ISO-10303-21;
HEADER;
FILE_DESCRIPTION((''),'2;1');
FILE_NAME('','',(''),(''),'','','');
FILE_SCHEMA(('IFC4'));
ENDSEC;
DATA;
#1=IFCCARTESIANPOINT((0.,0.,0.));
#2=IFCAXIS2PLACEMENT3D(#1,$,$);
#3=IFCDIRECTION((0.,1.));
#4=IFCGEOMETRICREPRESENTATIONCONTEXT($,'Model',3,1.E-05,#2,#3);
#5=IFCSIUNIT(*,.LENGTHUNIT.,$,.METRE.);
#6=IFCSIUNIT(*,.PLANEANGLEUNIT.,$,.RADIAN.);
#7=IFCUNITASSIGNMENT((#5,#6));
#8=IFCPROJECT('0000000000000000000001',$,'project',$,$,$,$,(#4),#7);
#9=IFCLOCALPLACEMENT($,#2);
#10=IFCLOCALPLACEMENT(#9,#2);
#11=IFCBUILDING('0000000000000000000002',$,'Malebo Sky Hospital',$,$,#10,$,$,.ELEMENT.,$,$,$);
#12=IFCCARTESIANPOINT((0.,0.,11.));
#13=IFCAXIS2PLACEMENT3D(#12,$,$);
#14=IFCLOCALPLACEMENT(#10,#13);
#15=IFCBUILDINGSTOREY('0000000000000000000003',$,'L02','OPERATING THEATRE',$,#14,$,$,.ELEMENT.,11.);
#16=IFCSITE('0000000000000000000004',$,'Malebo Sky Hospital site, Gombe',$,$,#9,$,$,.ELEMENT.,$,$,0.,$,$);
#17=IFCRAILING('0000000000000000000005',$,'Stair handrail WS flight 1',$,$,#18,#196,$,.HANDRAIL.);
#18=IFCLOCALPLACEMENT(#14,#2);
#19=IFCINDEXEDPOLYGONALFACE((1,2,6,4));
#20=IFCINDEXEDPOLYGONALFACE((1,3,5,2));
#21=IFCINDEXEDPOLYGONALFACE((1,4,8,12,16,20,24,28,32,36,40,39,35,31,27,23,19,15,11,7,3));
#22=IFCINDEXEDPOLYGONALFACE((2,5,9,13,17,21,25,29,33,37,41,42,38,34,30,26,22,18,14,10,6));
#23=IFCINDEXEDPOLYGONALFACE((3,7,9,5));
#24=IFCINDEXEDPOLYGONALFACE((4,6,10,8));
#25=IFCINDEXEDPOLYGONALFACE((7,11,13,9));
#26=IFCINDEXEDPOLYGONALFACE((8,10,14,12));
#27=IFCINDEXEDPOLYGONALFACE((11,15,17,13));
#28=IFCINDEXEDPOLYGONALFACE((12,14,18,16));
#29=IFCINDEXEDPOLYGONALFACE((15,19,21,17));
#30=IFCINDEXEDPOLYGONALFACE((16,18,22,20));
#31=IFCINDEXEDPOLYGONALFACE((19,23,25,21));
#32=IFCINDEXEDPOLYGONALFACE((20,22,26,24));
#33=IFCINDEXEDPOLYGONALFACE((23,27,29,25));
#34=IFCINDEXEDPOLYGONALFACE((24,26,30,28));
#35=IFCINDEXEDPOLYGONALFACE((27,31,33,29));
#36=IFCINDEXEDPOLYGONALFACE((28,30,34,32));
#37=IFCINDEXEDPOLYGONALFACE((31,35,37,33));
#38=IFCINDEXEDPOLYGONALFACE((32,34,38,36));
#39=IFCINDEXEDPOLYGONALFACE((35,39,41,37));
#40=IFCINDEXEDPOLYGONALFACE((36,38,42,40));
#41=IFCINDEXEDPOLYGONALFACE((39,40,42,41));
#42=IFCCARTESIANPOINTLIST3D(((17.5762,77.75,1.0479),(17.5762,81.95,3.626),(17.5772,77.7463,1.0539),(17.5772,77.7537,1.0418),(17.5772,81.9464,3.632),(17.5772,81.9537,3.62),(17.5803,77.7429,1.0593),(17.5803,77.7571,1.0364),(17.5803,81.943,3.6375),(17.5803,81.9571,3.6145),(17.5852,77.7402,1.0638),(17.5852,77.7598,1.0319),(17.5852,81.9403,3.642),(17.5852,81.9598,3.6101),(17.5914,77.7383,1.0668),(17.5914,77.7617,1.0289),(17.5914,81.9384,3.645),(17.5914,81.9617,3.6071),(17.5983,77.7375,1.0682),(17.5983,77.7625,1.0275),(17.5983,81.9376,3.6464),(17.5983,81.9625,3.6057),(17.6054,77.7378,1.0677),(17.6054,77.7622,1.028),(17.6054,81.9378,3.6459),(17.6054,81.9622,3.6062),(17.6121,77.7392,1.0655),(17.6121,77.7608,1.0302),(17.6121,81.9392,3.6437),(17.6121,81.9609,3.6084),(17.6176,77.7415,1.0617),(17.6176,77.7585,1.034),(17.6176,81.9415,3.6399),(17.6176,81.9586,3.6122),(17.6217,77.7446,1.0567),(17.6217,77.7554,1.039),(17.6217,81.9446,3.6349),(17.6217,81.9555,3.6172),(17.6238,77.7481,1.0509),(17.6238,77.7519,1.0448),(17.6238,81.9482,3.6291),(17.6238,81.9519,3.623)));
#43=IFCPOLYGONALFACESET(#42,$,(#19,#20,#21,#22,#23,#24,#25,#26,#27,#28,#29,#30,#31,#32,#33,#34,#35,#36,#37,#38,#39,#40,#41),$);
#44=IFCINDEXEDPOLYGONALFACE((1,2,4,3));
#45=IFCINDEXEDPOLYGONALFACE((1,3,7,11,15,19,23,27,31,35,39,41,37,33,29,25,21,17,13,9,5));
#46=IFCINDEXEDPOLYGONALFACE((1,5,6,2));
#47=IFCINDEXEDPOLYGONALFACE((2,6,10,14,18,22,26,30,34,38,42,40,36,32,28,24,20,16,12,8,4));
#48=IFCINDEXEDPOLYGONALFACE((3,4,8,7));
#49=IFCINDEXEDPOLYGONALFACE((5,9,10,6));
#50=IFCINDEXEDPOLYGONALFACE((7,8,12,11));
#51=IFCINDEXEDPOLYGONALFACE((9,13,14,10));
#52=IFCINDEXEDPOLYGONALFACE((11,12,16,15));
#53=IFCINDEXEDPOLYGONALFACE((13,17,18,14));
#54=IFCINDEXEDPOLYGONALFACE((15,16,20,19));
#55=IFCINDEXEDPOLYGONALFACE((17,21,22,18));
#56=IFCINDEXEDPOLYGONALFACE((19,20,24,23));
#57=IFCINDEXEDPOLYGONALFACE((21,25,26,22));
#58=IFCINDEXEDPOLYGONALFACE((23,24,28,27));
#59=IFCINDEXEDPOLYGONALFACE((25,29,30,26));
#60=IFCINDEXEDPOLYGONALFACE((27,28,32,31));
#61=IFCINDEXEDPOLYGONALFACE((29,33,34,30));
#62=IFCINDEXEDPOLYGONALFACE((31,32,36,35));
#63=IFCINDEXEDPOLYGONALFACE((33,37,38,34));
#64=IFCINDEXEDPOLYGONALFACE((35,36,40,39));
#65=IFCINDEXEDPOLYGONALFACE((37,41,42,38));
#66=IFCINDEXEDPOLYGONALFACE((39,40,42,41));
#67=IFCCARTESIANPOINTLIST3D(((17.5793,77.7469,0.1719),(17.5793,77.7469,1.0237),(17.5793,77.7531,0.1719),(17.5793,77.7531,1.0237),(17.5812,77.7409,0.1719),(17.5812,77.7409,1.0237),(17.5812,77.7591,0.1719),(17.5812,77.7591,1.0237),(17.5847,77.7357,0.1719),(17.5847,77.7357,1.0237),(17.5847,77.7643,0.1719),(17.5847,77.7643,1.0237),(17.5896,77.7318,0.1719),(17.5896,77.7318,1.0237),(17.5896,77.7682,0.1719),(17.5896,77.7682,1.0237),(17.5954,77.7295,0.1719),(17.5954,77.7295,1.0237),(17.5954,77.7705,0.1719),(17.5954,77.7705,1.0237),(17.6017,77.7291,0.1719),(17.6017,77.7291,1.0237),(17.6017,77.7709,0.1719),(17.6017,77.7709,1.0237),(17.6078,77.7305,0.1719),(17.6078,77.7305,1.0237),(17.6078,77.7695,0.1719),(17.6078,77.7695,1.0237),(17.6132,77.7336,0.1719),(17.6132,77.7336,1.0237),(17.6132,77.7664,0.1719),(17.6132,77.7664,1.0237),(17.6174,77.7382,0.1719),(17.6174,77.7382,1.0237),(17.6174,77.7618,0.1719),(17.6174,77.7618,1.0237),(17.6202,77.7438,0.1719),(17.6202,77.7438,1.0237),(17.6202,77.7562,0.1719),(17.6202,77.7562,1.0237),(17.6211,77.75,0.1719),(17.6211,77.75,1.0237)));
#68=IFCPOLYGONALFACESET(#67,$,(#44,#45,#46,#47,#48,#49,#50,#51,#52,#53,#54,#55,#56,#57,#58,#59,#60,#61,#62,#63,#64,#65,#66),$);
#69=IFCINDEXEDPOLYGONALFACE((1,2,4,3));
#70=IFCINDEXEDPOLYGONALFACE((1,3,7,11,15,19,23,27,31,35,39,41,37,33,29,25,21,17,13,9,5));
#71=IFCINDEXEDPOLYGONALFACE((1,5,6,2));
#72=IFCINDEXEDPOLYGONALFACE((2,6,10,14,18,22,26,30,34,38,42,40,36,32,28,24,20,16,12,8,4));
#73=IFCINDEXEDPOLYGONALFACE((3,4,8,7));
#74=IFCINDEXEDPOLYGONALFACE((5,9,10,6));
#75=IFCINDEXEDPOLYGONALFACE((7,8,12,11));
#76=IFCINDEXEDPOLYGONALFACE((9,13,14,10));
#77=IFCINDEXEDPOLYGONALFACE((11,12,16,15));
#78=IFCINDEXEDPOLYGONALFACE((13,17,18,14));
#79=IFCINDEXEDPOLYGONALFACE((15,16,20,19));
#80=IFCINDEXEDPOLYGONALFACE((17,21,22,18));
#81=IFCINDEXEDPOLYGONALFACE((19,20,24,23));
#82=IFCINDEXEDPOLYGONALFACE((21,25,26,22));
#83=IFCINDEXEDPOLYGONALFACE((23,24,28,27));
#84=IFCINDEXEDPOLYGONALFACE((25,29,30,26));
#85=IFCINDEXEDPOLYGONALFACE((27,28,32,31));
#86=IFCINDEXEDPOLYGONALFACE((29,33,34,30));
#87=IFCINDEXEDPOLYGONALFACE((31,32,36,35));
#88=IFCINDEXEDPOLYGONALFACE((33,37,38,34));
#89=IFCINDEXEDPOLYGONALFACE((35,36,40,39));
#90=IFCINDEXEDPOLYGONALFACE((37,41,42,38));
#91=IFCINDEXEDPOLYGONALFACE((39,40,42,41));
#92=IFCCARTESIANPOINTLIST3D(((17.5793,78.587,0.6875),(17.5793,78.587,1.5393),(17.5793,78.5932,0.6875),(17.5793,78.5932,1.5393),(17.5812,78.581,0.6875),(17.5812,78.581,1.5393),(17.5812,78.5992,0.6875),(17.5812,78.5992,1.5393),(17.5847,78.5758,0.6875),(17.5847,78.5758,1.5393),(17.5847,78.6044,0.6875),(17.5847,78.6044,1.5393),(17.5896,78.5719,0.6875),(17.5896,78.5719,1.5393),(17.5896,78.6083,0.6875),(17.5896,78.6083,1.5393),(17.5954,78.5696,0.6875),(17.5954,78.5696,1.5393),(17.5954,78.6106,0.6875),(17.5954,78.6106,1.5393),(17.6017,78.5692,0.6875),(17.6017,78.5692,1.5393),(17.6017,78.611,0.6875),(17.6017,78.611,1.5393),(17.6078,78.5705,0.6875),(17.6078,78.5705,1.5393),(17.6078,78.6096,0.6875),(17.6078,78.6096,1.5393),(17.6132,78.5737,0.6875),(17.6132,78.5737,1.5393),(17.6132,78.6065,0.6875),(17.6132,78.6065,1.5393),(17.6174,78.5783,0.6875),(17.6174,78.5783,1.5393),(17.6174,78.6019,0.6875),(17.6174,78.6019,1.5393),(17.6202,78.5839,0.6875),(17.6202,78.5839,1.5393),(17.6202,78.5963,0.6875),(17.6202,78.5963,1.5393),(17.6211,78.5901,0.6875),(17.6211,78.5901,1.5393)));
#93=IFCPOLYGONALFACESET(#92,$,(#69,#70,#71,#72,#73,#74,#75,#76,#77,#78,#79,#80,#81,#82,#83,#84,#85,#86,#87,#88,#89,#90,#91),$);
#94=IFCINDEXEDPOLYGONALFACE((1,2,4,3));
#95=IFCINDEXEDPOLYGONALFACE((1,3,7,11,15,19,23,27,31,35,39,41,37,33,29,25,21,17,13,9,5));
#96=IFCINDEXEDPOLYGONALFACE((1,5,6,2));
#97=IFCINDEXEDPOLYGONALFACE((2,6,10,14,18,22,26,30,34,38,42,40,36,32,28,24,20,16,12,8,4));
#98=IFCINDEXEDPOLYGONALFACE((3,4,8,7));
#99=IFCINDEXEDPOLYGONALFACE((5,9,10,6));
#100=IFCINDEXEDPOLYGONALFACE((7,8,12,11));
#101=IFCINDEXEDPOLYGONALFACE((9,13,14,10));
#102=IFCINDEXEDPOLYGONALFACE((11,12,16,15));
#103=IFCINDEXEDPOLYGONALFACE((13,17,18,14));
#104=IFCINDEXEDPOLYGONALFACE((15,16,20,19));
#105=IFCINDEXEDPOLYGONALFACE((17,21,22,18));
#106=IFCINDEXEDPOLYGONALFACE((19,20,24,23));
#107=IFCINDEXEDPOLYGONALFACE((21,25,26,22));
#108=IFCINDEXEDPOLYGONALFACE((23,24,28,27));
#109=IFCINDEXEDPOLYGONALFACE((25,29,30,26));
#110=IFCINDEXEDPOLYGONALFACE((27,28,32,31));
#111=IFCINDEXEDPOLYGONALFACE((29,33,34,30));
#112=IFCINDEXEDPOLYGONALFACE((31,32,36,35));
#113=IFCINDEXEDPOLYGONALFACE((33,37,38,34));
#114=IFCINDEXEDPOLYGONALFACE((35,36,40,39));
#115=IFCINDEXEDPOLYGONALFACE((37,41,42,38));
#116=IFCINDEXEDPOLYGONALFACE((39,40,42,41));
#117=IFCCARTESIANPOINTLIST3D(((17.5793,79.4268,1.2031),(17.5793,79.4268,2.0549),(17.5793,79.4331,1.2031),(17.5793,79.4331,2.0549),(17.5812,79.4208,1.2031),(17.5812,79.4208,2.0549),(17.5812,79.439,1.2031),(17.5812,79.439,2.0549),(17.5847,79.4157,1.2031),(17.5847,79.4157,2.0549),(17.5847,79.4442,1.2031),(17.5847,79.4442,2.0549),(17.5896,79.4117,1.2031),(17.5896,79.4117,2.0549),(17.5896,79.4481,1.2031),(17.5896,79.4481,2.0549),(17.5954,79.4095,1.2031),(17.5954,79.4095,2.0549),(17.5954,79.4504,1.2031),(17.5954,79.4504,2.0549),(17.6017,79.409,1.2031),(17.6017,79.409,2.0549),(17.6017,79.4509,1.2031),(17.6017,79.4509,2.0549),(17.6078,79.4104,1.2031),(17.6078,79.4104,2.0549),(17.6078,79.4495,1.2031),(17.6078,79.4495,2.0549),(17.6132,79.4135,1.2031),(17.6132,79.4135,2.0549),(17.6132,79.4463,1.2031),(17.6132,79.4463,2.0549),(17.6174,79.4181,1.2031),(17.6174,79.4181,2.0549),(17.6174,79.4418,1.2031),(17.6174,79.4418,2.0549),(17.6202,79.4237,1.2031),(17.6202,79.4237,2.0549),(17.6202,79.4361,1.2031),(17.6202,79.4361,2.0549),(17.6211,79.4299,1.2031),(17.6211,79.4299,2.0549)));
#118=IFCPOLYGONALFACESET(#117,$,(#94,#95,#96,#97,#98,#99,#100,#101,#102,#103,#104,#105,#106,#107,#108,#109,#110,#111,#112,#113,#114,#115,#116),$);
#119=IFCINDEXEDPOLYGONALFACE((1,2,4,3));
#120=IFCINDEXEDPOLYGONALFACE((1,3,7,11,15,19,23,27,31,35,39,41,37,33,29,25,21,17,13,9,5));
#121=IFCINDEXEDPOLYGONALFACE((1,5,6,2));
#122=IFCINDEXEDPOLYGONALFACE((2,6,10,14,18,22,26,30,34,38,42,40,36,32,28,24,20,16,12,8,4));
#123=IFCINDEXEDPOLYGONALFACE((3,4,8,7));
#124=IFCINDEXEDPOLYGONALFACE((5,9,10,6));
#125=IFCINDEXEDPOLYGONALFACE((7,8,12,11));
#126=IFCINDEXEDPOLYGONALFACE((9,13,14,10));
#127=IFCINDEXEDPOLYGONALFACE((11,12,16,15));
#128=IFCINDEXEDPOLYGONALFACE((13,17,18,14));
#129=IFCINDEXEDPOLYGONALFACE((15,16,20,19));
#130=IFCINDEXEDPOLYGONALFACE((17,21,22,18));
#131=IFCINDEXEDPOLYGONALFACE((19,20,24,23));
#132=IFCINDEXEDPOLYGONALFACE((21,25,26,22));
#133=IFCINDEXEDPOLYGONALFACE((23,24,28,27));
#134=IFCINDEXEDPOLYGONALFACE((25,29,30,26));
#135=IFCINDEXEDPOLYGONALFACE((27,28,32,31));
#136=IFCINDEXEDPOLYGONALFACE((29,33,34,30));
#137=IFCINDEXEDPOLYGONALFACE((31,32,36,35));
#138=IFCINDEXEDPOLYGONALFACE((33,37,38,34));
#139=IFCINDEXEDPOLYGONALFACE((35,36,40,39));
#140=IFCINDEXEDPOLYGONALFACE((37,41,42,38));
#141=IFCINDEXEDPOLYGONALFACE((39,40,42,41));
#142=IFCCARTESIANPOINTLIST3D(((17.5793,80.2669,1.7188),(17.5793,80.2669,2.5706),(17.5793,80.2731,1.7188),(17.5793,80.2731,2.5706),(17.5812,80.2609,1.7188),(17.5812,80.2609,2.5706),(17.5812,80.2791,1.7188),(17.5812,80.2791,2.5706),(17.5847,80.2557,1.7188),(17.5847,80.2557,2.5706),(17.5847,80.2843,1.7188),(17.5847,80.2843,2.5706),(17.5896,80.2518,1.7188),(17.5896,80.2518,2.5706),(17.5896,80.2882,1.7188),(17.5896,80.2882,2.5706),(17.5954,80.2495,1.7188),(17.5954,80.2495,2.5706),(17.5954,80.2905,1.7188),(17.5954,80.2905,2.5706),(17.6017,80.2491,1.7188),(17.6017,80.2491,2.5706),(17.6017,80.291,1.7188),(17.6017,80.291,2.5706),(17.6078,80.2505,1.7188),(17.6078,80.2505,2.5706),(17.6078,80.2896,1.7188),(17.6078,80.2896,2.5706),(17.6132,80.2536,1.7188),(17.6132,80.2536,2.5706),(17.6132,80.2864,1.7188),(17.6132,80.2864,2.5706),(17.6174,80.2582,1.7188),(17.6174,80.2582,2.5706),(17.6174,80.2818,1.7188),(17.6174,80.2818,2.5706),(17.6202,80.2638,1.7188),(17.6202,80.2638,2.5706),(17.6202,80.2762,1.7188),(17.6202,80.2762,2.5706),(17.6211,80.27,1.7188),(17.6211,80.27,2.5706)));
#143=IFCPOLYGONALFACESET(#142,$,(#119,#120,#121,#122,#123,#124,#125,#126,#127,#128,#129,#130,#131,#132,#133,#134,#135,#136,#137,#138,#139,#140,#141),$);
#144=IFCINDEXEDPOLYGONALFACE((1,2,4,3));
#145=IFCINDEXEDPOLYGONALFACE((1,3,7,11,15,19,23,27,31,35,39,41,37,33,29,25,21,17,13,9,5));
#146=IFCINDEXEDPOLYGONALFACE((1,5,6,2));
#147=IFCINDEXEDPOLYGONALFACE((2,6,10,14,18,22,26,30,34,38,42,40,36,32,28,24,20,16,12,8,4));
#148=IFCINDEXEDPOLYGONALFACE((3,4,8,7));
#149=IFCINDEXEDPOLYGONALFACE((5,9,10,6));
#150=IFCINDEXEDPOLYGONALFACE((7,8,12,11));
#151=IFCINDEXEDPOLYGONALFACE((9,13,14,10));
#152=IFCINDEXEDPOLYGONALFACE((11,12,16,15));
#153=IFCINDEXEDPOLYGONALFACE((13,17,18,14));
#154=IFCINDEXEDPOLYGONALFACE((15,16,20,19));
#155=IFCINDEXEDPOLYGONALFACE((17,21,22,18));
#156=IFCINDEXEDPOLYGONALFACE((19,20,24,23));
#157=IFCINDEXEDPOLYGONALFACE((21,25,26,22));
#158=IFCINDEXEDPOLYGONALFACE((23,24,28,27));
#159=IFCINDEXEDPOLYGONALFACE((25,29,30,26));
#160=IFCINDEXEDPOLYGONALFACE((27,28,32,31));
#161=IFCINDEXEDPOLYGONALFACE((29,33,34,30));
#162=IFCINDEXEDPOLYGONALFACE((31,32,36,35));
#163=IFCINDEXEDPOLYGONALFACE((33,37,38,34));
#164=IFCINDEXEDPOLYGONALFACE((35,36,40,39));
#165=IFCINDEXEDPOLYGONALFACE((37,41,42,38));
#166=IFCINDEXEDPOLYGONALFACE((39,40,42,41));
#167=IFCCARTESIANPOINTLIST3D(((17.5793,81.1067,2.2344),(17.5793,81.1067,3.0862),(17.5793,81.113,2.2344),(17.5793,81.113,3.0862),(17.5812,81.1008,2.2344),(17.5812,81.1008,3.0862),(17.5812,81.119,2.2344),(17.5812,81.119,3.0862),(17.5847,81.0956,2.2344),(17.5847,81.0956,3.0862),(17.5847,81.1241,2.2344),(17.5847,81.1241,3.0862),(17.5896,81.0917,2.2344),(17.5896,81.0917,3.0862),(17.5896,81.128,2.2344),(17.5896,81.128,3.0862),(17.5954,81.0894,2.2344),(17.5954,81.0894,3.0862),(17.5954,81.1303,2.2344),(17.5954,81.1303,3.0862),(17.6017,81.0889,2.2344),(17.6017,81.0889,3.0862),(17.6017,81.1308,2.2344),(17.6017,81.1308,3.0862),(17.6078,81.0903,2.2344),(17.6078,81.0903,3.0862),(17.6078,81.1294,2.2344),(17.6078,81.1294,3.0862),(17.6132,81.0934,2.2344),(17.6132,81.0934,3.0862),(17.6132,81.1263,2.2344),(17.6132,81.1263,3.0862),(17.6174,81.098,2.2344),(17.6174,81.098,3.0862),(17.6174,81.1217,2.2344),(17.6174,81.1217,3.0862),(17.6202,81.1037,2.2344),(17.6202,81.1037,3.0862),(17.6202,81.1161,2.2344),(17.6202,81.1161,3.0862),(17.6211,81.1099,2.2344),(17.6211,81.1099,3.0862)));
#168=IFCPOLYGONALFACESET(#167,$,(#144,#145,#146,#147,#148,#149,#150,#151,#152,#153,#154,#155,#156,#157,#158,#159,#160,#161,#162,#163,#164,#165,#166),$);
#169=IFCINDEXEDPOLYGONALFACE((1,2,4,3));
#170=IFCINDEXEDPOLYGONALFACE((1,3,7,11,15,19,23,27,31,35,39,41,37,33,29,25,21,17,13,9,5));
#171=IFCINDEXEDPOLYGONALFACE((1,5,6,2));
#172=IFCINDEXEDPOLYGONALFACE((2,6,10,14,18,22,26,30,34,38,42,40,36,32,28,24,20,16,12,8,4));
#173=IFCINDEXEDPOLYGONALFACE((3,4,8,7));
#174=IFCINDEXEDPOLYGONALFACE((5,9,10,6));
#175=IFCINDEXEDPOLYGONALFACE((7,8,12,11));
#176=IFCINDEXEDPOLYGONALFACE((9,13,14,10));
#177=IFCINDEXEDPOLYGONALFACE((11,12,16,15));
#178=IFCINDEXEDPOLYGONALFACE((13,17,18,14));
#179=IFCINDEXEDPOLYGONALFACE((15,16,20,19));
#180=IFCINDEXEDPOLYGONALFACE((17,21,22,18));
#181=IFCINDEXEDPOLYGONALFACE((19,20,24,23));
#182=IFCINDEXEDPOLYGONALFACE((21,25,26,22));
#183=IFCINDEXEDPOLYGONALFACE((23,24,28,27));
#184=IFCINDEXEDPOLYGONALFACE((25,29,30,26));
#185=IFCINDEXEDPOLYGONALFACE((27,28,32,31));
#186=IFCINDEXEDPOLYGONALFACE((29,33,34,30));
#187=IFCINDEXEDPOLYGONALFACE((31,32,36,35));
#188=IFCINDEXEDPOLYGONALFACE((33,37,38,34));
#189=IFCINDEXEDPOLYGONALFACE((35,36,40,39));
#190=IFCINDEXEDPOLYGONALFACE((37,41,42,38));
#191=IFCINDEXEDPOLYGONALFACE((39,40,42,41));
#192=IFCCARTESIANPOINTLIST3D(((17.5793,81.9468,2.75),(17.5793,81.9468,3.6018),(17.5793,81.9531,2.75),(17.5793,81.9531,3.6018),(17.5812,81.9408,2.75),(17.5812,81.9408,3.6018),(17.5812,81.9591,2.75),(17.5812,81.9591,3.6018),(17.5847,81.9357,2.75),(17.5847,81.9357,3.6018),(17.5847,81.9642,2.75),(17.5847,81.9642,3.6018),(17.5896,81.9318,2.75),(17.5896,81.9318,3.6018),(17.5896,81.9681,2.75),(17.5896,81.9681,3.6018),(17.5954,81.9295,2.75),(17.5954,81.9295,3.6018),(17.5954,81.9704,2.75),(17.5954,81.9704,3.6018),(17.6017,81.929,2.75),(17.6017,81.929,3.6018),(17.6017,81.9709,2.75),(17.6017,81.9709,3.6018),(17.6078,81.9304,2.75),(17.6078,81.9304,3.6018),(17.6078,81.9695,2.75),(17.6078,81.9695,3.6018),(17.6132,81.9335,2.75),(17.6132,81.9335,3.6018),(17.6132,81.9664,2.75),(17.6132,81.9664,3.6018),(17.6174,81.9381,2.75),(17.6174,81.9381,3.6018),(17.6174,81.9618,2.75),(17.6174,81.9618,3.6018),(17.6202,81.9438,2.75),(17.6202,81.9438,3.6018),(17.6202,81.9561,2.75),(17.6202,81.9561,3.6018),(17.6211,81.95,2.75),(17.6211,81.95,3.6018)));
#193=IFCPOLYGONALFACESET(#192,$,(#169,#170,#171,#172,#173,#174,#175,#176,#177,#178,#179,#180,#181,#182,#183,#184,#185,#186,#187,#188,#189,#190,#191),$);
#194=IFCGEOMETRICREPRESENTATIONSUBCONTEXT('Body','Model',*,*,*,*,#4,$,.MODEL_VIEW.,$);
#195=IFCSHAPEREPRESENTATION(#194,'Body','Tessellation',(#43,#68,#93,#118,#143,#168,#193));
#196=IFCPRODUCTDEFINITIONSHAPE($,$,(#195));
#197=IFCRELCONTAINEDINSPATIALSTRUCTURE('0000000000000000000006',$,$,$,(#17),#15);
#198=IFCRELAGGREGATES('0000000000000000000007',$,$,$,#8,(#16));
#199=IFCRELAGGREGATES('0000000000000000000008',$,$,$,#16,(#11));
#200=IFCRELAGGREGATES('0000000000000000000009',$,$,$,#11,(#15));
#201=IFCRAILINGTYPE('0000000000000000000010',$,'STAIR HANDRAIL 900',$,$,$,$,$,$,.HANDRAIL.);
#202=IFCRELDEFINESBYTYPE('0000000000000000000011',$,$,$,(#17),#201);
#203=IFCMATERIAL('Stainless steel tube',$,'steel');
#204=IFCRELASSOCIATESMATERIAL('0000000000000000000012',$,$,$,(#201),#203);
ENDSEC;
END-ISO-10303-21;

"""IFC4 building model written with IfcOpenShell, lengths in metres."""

from ifc_helpers import new_model, si_unit, direction, frame, origin, origin_2d, place, context, subcontext, project, spatial, circle, extrude, material, type_object, element, save


model = new_model("IFC4")

# Units and contexts
model_context = context("Model", 3, precision=1e-05, world=origin(), true_north=direction((0.0, 1.0)))
body_context = subcontext(model_context, "Body", "Model", "MODEL_VIEW")
ifc_project = project(units=[si_unit("LENGTHUNIT", "METRE"), si_unit("PLANEANGLEUNIT", "RADIAN")], contexts=[model_context])

# Site, building, storey
site_placement = place(None, origin())
site = spatial("IfcSite", under=ifc_project, at=site_placement, Name="Malebo Sky Hospital site, Gombe", CompositionType="ELEMENT", RefElevation=0.0)
building_placement = place(site_placement, origin())
building = spatial("IfcBuilding", under=site, at=building_placement, Name="Malebo Sky Hospital", CompositionType="ELEMENT")
storey_placement = place(building_placement, frame((0.0, 0.0, 11.0)))
storey = spatial("IfcBuildingStorey", under=building, at=storey_placement, Name="L02", Description="OPERATING THEATRE", CompositionType="ELEMENT", Elevation=11.0)

# Railing
ifc_material_1 = material(Name="Stainless steel tube", Category="steel")
railing_type = type_object("IfcRailingType", Name="STAIR HANDRAIL 900", PredefinedType="HANDRAIL", material=ifc_material_1)
railing_1_placement = place(storey_placement, frame((17.6001, 77.75, 0.1719)))
element("IfcRailing", 1, at=railing_1_placement, inside=storey, type_object=railing_type, Name="Stair handrail WS flight 1", PredefinedType="HANDRAIL", context=body_context, shape_type="SweptSolid", body=[
    extrude(circle(Radius=0.0239, at=origin_2d()), frame((0.0, 0.0, 0.876), z_axis=(0.0, 0.852243, 0.523146), x_axis=(-1.0, 0.0, 0.0)), (0.0, 0.0, 1.0), 4.9282),
    extrude(circle(Radius=0.021, at=origin_2d()), origin(), (0.0, 0.0, 1.0), 0.8518),
    extrude(circle(Radius=0.021, at=origin_2d()), frame((0.0, 0.8401, 0.5156)), (0.0, 0.0, 1.0), 0.8518),
    extrude(circle(Radius=0.021, at=origin_2d()), frame((0.0, 1.6799, 1.0312)), (0.0, 0.0, 1.0), 0.8518),
    extrude(circle(Radius=0.021, at=origin_2d()), frame((0.0, 2.52, 1.5469)), (0.0, 0.0, 1.0), 0.8518),
    extrude(circle(Radius=0.021, at=origin_2d()), frame((0.0, 3.3599, 2.0625)), (0.0, 0.0, 1.0), 0.8518),
    extrude(circle(Radius=0.021, at=origin_2d()), frame((0.0, 4.2, 2.5781)), (0.0, 0.0, 1.0), 0.8518),
])

save(model, "model.ifc")
